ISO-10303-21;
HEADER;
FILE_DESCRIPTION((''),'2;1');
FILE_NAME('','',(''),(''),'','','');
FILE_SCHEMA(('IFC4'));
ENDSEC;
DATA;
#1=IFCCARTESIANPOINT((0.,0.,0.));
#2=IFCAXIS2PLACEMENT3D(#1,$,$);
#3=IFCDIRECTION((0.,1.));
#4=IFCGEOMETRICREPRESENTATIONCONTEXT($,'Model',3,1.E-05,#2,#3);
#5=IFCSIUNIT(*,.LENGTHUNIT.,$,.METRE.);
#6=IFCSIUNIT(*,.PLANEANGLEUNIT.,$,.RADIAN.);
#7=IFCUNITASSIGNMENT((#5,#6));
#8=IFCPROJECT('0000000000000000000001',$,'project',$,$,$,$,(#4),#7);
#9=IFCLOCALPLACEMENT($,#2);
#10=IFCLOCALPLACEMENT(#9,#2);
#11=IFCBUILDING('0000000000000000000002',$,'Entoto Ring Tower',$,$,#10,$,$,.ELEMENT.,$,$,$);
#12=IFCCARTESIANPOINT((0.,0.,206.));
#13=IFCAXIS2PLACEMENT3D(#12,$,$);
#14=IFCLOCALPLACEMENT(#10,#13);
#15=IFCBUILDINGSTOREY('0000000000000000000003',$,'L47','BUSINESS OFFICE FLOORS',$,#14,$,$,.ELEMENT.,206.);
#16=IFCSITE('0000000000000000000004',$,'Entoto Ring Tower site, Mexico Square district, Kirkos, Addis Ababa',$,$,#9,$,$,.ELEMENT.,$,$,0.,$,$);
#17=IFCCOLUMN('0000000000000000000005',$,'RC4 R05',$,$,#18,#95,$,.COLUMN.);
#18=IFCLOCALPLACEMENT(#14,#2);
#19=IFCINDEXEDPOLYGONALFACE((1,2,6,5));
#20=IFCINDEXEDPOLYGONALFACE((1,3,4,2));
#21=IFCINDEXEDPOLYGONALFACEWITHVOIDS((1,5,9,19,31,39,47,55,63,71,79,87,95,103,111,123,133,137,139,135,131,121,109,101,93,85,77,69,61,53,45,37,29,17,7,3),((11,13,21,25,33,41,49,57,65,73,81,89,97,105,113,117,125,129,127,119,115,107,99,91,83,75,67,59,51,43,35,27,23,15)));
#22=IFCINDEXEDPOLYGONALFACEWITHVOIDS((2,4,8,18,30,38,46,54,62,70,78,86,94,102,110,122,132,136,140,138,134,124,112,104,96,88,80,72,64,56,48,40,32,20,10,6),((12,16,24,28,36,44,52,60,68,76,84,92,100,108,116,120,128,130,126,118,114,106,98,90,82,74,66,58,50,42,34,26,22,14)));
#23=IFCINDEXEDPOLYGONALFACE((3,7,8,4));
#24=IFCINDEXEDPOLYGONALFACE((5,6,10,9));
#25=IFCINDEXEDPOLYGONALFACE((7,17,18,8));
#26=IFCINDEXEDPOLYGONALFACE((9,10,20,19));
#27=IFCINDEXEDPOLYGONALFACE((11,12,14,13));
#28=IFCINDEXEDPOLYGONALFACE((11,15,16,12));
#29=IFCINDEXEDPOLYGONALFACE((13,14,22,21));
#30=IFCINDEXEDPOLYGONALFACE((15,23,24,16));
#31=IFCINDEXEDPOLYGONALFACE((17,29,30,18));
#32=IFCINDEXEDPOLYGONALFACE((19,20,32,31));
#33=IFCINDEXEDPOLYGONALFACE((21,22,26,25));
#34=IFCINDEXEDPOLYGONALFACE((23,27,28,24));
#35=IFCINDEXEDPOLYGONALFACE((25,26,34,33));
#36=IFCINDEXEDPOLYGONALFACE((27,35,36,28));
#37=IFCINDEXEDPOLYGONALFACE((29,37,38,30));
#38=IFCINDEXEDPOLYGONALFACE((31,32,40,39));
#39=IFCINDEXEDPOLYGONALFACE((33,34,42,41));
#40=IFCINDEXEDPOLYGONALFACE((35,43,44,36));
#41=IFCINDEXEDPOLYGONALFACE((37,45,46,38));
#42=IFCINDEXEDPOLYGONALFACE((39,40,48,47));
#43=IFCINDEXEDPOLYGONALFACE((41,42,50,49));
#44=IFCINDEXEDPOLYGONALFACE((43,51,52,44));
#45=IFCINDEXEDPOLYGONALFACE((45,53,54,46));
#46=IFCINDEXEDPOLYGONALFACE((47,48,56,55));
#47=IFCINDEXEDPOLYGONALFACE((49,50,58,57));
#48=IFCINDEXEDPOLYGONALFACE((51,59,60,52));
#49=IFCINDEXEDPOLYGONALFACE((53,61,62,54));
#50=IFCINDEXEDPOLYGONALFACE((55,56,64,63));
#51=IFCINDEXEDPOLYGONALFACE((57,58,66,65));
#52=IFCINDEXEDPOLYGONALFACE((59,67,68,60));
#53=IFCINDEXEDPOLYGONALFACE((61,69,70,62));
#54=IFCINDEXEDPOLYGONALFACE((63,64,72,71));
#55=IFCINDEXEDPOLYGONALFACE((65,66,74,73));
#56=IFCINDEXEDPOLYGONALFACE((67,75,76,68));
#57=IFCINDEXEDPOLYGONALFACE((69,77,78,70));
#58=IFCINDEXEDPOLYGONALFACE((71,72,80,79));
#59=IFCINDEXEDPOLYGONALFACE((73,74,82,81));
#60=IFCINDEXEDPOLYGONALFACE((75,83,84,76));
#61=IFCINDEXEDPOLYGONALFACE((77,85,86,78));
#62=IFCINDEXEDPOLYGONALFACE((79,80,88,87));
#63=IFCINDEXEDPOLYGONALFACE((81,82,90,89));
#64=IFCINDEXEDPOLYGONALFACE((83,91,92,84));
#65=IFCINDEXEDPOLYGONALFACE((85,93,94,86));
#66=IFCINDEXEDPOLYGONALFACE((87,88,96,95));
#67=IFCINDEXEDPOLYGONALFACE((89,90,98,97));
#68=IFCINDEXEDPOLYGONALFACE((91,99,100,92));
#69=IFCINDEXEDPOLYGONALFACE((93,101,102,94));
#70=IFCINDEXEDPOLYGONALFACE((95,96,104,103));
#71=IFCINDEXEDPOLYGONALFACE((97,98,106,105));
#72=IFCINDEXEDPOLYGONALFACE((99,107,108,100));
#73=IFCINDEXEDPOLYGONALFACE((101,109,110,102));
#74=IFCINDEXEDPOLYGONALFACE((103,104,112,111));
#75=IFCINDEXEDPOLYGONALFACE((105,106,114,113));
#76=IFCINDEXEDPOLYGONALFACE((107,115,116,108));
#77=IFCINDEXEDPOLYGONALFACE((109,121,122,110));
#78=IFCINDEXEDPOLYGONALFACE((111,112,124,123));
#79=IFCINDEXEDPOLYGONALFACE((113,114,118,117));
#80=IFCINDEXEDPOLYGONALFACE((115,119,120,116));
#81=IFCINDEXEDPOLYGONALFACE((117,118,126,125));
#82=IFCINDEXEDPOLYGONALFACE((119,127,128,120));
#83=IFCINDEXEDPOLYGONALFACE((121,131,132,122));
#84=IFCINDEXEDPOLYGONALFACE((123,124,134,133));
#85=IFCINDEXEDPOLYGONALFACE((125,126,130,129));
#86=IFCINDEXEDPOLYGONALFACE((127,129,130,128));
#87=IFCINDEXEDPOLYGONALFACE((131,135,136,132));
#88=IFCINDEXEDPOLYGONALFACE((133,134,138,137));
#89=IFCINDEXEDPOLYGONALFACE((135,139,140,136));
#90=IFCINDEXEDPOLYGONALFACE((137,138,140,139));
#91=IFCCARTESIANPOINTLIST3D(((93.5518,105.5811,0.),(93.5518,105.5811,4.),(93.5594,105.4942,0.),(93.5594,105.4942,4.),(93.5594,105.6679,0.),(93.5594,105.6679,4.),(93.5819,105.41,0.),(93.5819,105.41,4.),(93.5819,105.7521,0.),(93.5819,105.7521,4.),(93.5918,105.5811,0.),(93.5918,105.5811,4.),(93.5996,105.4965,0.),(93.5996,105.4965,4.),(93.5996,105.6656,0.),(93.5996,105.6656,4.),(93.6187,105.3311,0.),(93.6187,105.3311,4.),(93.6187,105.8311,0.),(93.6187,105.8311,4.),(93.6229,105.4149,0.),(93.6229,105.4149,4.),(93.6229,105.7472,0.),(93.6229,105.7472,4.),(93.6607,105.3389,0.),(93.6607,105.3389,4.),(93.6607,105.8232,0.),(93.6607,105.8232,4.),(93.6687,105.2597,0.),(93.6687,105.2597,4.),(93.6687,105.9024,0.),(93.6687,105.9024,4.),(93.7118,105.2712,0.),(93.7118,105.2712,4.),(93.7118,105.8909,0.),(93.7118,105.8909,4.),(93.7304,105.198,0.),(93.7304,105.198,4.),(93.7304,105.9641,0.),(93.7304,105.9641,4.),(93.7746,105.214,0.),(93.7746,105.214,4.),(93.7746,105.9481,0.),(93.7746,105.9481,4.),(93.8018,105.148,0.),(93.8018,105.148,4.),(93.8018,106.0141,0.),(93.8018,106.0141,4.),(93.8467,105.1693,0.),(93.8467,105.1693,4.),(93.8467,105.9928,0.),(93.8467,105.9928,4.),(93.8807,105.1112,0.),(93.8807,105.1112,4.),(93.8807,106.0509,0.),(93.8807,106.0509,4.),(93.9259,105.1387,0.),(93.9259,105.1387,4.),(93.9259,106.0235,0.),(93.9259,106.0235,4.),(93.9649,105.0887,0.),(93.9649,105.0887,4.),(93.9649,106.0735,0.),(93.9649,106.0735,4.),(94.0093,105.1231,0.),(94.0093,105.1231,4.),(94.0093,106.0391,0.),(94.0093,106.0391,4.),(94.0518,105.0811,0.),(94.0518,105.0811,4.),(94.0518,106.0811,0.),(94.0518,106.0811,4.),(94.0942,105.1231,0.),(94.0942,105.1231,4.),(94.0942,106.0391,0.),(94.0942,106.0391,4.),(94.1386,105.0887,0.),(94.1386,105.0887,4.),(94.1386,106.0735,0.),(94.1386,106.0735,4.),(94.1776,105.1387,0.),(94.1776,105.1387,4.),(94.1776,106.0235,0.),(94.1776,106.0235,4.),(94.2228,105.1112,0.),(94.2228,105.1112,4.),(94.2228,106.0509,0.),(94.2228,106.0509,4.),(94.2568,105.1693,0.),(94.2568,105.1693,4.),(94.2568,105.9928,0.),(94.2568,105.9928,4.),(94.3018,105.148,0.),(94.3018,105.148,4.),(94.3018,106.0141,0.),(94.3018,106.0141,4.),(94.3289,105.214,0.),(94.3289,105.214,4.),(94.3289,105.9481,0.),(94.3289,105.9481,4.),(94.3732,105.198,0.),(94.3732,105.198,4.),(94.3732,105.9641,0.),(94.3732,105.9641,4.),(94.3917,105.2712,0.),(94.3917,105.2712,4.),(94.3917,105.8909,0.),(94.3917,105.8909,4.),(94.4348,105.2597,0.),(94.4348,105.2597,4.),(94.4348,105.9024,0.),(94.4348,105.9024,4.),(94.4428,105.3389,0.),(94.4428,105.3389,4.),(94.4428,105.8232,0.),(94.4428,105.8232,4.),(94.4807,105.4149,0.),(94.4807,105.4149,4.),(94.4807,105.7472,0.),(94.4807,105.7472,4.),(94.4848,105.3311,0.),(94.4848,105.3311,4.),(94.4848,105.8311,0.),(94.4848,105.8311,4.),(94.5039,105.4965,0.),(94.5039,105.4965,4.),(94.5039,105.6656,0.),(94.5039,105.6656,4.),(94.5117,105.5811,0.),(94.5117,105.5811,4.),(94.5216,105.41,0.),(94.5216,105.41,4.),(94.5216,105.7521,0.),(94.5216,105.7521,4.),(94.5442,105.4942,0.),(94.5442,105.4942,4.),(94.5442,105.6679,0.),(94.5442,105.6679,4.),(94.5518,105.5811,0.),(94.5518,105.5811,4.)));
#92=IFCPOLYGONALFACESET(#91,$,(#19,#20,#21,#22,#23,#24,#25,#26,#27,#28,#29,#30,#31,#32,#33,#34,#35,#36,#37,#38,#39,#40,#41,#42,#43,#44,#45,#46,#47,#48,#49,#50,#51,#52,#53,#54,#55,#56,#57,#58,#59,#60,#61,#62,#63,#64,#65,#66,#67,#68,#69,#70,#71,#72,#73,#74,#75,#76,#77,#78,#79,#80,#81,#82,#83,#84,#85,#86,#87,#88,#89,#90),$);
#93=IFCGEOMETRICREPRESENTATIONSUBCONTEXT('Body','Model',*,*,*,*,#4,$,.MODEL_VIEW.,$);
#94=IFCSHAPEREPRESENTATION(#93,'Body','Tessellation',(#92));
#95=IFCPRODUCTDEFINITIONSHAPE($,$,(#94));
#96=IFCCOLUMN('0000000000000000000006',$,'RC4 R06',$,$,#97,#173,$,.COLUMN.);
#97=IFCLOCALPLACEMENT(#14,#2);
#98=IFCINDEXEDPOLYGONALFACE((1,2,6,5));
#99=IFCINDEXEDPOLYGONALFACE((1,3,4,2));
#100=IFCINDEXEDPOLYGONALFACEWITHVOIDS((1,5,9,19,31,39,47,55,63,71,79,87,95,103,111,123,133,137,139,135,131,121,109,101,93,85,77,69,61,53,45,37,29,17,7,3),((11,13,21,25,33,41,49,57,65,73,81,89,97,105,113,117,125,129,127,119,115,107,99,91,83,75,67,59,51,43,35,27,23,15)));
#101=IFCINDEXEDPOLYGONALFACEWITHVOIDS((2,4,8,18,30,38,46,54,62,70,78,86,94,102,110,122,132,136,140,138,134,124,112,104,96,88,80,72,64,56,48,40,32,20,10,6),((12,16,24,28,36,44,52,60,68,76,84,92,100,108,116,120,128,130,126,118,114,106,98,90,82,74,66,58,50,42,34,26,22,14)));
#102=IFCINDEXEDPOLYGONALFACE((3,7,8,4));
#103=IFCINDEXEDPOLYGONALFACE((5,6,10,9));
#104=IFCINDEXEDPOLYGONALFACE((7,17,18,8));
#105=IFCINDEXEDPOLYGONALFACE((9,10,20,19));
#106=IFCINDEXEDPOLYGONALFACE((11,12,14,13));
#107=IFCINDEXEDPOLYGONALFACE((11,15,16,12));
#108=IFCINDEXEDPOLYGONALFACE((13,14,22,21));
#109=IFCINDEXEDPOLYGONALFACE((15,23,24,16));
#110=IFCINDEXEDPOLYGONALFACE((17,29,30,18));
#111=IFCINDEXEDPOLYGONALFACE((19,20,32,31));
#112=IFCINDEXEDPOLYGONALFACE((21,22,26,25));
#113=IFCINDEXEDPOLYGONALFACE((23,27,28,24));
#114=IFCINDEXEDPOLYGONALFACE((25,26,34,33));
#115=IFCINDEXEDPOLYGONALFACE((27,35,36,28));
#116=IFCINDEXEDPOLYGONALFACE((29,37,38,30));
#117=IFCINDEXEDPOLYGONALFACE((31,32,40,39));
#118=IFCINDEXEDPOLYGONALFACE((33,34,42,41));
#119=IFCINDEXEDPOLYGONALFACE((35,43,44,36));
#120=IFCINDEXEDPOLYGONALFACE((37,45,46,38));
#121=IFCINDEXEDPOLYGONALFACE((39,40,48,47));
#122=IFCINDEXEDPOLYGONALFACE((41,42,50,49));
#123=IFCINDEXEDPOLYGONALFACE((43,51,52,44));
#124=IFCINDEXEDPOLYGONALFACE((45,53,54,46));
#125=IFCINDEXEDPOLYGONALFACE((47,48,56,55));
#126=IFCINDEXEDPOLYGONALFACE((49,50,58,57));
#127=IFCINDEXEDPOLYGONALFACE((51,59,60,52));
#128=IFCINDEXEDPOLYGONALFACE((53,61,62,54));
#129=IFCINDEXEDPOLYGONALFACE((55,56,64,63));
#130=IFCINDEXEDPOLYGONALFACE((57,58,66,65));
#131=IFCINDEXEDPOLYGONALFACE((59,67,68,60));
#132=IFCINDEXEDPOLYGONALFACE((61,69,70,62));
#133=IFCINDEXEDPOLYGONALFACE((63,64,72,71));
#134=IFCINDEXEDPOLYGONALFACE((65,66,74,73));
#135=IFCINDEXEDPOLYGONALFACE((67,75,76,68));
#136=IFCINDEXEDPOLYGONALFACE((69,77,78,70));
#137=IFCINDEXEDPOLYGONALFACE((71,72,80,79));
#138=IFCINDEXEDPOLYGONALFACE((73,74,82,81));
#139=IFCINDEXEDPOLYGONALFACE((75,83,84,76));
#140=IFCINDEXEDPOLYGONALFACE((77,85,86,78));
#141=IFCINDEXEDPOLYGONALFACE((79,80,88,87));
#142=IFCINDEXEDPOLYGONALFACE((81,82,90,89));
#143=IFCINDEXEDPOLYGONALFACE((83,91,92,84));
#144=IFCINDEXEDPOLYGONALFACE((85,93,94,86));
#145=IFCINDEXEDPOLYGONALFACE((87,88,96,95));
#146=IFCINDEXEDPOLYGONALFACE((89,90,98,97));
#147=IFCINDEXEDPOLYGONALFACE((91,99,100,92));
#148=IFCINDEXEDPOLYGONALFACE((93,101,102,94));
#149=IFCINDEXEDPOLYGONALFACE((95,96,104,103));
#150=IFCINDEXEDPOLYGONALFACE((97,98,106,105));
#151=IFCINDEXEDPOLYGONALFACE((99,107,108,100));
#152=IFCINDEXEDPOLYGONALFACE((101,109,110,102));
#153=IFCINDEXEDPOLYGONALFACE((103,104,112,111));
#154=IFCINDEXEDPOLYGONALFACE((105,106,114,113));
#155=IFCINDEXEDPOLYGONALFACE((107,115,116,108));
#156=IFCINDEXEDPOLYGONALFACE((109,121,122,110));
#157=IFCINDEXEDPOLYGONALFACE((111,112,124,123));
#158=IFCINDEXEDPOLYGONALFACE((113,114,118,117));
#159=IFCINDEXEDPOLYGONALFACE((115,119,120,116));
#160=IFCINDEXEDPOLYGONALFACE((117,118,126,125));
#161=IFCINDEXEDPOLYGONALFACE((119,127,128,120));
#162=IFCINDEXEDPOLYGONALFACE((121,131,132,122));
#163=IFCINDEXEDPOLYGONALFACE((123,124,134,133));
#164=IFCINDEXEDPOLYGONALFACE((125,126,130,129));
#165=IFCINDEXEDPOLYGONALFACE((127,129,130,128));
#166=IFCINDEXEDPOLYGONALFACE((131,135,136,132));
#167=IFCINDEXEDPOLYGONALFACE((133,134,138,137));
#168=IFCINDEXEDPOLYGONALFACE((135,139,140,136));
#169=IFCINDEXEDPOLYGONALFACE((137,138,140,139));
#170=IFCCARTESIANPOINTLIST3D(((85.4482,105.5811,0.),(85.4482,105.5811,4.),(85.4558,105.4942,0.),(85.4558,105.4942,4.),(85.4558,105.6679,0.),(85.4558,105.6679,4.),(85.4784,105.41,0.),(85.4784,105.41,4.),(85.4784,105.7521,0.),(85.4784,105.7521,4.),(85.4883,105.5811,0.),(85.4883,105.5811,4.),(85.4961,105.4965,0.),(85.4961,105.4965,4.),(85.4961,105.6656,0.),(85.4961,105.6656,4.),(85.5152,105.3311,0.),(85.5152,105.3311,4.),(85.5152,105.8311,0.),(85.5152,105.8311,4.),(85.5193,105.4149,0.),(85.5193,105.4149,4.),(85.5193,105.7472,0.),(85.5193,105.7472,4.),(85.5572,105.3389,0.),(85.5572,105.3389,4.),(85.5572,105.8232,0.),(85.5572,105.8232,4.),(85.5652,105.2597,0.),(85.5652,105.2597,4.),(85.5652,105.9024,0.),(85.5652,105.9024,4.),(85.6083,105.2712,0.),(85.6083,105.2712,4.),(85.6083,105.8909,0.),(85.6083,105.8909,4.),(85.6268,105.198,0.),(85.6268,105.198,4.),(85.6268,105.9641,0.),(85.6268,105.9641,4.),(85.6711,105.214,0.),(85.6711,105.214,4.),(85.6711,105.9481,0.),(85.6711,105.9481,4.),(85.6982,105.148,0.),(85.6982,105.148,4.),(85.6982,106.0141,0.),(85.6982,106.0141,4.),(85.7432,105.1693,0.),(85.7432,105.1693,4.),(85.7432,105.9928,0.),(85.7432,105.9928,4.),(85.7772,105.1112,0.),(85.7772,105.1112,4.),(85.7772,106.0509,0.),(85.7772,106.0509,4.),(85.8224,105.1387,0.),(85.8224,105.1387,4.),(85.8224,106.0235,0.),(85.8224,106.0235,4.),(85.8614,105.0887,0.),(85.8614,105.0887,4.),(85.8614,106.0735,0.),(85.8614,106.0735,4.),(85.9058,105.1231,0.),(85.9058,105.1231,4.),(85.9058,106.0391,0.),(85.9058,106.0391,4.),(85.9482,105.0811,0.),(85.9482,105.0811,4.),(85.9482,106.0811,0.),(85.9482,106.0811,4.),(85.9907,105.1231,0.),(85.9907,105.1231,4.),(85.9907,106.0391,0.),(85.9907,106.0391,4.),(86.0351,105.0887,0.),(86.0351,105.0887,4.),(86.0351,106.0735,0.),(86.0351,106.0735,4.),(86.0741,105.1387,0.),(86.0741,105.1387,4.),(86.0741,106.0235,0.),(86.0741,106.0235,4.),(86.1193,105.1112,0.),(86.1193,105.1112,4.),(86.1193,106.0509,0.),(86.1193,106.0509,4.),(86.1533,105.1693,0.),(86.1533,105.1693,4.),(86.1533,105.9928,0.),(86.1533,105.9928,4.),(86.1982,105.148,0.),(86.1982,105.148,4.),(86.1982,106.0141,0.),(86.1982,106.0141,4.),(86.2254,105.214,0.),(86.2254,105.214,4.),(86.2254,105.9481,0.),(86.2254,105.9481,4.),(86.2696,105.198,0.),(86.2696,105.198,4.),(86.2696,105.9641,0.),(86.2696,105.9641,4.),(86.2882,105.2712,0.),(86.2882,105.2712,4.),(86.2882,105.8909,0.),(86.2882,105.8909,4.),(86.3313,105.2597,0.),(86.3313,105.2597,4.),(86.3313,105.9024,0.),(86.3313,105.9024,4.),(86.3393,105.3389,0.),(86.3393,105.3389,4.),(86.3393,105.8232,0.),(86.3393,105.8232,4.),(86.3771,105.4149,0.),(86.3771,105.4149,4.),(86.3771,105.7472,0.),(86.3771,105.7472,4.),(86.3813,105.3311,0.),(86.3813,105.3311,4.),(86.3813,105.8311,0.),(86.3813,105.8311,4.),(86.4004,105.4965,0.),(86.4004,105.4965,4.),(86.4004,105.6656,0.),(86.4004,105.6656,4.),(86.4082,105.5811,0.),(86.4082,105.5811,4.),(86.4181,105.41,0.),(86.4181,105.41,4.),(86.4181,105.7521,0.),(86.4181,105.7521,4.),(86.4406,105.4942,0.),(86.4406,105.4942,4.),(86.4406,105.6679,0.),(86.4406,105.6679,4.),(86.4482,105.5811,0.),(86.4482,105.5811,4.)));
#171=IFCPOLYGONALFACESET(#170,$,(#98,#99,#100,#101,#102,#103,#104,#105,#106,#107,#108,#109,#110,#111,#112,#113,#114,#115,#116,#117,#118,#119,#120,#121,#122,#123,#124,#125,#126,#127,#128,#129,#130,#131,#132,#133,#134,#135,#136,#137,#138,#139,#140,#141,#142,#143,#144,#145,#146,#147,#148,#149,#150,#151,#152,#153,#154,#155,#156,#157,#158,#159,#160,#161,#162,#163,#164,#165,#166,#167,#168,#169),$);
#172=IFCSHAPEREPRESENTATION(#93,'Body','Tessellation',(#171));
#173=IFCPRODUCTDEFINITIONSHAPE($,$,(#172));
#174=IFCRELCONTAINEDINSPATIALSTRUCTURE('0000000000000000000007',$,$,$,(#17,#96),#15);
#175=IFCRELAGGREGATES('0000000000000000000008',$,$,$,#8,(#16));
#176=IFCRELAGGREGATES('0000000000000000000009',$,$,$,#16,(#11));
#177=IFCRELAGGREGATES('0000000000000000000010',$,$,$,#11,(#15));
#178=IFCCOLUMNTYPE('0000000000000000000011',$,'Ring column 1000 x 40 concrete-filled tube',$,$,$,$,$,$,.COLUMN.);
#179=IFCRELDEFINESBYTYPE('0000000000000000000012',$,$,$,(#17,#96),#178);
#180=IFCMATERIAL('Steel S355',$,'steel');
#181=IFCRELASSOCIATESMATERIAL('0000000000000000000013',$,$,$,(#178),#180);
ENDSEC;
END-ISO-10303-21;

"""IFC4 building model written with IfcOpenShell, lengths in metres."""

from ifc_helpers import new_model, si_unit, direction, frame, origin, origin_2d, place, context, subcontext, project, spatial, circle, hollow_circle, extrude, material, material_profile, profile_set, type_object, element, save


model = new_model("IFC4")

# Units and contexts
model_context = context("Model", 3, precision=1e-05, world=origin(), true_north=direction((0.0, 1.0)))
body_context = subcontext(model_context, "Body", "Model", "MODEL_VIEW")
ifc_project = project(units=[si_unit("LENGTHUNIT", "METRE"), si_unit("PLANEANGLEUNIT", "RADIAN")], contexts=[model_context])

# Site, building, storey
site_placement = place(None, origin())
site = spatial("IfcSite", under=ifc_project, at=site_placement, Name="Entoto Ring Tower site, Mexico Square district, Kirkos, Addis Ababa", CompositionType="ELEMENT", RefElevation=0.0)
building_placement = place(site_placement, origin())
building = spatial("IfcBuilding", under=site, at=building_placement, Name="Entoto Ring Tower", CompositionType="ELEMENT")
storey_placement = place(building_placement, frame((0.0, 0.0, 206.0)))
storey = spatial("IfcBuildingStorey", under=building, at=storey_placement, Name="L47", Description="BUSINESS OFFICE FLOORS", CompositionType="ELEMENT", Elevation=206.0)

# Columns
ifc_material_1 = material(Name="Steel S355", Category="steel")
ifc_material_profile_1 = material_profile(ifc_material_1, hollow_circle(Radius=0.5, WallThickness=0.04, at=origin_2d()), Name="CHS 1000 x 40")
ifc_material_2 = material(Name="Concrete C60/75", Category="concrete")
ifc_material_profile_2 = material_profile(ifc_material_2, circle(Radius=0.46, at=origin_2d()), Name="Concrete C60/75 infill")
ifc_profile_set_1 = profile_set([ifc_material_profile_1, ifc_material_profile_2], Name="Steel S355")
column_type = type_object("IfcColumnType", Name="Ring column 1000 x 40 concrete-filled tube", PredefinedType="COLUMN", material=ifc_profile_set_1)
for number, where, z_axis, x_axis, name in (
    (1, (94.0518, 105.5811, 0.0), (0.0, 0.0, 1.0), (1.0, 0.0, 0.0), "RC4 R05"),
    (2, (85.9482, 105.5811, 0.0), (0.0, 0.0, 1.0), (1.0, 0.0, 0.0), "RC4 R06"),
):
    element("IfcColumn", number, at=place(storey_placement, frame(where, z_axis=z_axis, x_axis=x_axis)), inside=storey, type_object=column_type, Name=name, PredefinedType="COLUMN", context=body_context, shape_type="SweptSolid", body=[
        extrude(hollow_circle(Radius=0.5, WallThickness=0.04, at=origin_2d()), origin(), (0.0, 0.0, 1.0), 4.0),
    ])

save(model, "model.ifc")
